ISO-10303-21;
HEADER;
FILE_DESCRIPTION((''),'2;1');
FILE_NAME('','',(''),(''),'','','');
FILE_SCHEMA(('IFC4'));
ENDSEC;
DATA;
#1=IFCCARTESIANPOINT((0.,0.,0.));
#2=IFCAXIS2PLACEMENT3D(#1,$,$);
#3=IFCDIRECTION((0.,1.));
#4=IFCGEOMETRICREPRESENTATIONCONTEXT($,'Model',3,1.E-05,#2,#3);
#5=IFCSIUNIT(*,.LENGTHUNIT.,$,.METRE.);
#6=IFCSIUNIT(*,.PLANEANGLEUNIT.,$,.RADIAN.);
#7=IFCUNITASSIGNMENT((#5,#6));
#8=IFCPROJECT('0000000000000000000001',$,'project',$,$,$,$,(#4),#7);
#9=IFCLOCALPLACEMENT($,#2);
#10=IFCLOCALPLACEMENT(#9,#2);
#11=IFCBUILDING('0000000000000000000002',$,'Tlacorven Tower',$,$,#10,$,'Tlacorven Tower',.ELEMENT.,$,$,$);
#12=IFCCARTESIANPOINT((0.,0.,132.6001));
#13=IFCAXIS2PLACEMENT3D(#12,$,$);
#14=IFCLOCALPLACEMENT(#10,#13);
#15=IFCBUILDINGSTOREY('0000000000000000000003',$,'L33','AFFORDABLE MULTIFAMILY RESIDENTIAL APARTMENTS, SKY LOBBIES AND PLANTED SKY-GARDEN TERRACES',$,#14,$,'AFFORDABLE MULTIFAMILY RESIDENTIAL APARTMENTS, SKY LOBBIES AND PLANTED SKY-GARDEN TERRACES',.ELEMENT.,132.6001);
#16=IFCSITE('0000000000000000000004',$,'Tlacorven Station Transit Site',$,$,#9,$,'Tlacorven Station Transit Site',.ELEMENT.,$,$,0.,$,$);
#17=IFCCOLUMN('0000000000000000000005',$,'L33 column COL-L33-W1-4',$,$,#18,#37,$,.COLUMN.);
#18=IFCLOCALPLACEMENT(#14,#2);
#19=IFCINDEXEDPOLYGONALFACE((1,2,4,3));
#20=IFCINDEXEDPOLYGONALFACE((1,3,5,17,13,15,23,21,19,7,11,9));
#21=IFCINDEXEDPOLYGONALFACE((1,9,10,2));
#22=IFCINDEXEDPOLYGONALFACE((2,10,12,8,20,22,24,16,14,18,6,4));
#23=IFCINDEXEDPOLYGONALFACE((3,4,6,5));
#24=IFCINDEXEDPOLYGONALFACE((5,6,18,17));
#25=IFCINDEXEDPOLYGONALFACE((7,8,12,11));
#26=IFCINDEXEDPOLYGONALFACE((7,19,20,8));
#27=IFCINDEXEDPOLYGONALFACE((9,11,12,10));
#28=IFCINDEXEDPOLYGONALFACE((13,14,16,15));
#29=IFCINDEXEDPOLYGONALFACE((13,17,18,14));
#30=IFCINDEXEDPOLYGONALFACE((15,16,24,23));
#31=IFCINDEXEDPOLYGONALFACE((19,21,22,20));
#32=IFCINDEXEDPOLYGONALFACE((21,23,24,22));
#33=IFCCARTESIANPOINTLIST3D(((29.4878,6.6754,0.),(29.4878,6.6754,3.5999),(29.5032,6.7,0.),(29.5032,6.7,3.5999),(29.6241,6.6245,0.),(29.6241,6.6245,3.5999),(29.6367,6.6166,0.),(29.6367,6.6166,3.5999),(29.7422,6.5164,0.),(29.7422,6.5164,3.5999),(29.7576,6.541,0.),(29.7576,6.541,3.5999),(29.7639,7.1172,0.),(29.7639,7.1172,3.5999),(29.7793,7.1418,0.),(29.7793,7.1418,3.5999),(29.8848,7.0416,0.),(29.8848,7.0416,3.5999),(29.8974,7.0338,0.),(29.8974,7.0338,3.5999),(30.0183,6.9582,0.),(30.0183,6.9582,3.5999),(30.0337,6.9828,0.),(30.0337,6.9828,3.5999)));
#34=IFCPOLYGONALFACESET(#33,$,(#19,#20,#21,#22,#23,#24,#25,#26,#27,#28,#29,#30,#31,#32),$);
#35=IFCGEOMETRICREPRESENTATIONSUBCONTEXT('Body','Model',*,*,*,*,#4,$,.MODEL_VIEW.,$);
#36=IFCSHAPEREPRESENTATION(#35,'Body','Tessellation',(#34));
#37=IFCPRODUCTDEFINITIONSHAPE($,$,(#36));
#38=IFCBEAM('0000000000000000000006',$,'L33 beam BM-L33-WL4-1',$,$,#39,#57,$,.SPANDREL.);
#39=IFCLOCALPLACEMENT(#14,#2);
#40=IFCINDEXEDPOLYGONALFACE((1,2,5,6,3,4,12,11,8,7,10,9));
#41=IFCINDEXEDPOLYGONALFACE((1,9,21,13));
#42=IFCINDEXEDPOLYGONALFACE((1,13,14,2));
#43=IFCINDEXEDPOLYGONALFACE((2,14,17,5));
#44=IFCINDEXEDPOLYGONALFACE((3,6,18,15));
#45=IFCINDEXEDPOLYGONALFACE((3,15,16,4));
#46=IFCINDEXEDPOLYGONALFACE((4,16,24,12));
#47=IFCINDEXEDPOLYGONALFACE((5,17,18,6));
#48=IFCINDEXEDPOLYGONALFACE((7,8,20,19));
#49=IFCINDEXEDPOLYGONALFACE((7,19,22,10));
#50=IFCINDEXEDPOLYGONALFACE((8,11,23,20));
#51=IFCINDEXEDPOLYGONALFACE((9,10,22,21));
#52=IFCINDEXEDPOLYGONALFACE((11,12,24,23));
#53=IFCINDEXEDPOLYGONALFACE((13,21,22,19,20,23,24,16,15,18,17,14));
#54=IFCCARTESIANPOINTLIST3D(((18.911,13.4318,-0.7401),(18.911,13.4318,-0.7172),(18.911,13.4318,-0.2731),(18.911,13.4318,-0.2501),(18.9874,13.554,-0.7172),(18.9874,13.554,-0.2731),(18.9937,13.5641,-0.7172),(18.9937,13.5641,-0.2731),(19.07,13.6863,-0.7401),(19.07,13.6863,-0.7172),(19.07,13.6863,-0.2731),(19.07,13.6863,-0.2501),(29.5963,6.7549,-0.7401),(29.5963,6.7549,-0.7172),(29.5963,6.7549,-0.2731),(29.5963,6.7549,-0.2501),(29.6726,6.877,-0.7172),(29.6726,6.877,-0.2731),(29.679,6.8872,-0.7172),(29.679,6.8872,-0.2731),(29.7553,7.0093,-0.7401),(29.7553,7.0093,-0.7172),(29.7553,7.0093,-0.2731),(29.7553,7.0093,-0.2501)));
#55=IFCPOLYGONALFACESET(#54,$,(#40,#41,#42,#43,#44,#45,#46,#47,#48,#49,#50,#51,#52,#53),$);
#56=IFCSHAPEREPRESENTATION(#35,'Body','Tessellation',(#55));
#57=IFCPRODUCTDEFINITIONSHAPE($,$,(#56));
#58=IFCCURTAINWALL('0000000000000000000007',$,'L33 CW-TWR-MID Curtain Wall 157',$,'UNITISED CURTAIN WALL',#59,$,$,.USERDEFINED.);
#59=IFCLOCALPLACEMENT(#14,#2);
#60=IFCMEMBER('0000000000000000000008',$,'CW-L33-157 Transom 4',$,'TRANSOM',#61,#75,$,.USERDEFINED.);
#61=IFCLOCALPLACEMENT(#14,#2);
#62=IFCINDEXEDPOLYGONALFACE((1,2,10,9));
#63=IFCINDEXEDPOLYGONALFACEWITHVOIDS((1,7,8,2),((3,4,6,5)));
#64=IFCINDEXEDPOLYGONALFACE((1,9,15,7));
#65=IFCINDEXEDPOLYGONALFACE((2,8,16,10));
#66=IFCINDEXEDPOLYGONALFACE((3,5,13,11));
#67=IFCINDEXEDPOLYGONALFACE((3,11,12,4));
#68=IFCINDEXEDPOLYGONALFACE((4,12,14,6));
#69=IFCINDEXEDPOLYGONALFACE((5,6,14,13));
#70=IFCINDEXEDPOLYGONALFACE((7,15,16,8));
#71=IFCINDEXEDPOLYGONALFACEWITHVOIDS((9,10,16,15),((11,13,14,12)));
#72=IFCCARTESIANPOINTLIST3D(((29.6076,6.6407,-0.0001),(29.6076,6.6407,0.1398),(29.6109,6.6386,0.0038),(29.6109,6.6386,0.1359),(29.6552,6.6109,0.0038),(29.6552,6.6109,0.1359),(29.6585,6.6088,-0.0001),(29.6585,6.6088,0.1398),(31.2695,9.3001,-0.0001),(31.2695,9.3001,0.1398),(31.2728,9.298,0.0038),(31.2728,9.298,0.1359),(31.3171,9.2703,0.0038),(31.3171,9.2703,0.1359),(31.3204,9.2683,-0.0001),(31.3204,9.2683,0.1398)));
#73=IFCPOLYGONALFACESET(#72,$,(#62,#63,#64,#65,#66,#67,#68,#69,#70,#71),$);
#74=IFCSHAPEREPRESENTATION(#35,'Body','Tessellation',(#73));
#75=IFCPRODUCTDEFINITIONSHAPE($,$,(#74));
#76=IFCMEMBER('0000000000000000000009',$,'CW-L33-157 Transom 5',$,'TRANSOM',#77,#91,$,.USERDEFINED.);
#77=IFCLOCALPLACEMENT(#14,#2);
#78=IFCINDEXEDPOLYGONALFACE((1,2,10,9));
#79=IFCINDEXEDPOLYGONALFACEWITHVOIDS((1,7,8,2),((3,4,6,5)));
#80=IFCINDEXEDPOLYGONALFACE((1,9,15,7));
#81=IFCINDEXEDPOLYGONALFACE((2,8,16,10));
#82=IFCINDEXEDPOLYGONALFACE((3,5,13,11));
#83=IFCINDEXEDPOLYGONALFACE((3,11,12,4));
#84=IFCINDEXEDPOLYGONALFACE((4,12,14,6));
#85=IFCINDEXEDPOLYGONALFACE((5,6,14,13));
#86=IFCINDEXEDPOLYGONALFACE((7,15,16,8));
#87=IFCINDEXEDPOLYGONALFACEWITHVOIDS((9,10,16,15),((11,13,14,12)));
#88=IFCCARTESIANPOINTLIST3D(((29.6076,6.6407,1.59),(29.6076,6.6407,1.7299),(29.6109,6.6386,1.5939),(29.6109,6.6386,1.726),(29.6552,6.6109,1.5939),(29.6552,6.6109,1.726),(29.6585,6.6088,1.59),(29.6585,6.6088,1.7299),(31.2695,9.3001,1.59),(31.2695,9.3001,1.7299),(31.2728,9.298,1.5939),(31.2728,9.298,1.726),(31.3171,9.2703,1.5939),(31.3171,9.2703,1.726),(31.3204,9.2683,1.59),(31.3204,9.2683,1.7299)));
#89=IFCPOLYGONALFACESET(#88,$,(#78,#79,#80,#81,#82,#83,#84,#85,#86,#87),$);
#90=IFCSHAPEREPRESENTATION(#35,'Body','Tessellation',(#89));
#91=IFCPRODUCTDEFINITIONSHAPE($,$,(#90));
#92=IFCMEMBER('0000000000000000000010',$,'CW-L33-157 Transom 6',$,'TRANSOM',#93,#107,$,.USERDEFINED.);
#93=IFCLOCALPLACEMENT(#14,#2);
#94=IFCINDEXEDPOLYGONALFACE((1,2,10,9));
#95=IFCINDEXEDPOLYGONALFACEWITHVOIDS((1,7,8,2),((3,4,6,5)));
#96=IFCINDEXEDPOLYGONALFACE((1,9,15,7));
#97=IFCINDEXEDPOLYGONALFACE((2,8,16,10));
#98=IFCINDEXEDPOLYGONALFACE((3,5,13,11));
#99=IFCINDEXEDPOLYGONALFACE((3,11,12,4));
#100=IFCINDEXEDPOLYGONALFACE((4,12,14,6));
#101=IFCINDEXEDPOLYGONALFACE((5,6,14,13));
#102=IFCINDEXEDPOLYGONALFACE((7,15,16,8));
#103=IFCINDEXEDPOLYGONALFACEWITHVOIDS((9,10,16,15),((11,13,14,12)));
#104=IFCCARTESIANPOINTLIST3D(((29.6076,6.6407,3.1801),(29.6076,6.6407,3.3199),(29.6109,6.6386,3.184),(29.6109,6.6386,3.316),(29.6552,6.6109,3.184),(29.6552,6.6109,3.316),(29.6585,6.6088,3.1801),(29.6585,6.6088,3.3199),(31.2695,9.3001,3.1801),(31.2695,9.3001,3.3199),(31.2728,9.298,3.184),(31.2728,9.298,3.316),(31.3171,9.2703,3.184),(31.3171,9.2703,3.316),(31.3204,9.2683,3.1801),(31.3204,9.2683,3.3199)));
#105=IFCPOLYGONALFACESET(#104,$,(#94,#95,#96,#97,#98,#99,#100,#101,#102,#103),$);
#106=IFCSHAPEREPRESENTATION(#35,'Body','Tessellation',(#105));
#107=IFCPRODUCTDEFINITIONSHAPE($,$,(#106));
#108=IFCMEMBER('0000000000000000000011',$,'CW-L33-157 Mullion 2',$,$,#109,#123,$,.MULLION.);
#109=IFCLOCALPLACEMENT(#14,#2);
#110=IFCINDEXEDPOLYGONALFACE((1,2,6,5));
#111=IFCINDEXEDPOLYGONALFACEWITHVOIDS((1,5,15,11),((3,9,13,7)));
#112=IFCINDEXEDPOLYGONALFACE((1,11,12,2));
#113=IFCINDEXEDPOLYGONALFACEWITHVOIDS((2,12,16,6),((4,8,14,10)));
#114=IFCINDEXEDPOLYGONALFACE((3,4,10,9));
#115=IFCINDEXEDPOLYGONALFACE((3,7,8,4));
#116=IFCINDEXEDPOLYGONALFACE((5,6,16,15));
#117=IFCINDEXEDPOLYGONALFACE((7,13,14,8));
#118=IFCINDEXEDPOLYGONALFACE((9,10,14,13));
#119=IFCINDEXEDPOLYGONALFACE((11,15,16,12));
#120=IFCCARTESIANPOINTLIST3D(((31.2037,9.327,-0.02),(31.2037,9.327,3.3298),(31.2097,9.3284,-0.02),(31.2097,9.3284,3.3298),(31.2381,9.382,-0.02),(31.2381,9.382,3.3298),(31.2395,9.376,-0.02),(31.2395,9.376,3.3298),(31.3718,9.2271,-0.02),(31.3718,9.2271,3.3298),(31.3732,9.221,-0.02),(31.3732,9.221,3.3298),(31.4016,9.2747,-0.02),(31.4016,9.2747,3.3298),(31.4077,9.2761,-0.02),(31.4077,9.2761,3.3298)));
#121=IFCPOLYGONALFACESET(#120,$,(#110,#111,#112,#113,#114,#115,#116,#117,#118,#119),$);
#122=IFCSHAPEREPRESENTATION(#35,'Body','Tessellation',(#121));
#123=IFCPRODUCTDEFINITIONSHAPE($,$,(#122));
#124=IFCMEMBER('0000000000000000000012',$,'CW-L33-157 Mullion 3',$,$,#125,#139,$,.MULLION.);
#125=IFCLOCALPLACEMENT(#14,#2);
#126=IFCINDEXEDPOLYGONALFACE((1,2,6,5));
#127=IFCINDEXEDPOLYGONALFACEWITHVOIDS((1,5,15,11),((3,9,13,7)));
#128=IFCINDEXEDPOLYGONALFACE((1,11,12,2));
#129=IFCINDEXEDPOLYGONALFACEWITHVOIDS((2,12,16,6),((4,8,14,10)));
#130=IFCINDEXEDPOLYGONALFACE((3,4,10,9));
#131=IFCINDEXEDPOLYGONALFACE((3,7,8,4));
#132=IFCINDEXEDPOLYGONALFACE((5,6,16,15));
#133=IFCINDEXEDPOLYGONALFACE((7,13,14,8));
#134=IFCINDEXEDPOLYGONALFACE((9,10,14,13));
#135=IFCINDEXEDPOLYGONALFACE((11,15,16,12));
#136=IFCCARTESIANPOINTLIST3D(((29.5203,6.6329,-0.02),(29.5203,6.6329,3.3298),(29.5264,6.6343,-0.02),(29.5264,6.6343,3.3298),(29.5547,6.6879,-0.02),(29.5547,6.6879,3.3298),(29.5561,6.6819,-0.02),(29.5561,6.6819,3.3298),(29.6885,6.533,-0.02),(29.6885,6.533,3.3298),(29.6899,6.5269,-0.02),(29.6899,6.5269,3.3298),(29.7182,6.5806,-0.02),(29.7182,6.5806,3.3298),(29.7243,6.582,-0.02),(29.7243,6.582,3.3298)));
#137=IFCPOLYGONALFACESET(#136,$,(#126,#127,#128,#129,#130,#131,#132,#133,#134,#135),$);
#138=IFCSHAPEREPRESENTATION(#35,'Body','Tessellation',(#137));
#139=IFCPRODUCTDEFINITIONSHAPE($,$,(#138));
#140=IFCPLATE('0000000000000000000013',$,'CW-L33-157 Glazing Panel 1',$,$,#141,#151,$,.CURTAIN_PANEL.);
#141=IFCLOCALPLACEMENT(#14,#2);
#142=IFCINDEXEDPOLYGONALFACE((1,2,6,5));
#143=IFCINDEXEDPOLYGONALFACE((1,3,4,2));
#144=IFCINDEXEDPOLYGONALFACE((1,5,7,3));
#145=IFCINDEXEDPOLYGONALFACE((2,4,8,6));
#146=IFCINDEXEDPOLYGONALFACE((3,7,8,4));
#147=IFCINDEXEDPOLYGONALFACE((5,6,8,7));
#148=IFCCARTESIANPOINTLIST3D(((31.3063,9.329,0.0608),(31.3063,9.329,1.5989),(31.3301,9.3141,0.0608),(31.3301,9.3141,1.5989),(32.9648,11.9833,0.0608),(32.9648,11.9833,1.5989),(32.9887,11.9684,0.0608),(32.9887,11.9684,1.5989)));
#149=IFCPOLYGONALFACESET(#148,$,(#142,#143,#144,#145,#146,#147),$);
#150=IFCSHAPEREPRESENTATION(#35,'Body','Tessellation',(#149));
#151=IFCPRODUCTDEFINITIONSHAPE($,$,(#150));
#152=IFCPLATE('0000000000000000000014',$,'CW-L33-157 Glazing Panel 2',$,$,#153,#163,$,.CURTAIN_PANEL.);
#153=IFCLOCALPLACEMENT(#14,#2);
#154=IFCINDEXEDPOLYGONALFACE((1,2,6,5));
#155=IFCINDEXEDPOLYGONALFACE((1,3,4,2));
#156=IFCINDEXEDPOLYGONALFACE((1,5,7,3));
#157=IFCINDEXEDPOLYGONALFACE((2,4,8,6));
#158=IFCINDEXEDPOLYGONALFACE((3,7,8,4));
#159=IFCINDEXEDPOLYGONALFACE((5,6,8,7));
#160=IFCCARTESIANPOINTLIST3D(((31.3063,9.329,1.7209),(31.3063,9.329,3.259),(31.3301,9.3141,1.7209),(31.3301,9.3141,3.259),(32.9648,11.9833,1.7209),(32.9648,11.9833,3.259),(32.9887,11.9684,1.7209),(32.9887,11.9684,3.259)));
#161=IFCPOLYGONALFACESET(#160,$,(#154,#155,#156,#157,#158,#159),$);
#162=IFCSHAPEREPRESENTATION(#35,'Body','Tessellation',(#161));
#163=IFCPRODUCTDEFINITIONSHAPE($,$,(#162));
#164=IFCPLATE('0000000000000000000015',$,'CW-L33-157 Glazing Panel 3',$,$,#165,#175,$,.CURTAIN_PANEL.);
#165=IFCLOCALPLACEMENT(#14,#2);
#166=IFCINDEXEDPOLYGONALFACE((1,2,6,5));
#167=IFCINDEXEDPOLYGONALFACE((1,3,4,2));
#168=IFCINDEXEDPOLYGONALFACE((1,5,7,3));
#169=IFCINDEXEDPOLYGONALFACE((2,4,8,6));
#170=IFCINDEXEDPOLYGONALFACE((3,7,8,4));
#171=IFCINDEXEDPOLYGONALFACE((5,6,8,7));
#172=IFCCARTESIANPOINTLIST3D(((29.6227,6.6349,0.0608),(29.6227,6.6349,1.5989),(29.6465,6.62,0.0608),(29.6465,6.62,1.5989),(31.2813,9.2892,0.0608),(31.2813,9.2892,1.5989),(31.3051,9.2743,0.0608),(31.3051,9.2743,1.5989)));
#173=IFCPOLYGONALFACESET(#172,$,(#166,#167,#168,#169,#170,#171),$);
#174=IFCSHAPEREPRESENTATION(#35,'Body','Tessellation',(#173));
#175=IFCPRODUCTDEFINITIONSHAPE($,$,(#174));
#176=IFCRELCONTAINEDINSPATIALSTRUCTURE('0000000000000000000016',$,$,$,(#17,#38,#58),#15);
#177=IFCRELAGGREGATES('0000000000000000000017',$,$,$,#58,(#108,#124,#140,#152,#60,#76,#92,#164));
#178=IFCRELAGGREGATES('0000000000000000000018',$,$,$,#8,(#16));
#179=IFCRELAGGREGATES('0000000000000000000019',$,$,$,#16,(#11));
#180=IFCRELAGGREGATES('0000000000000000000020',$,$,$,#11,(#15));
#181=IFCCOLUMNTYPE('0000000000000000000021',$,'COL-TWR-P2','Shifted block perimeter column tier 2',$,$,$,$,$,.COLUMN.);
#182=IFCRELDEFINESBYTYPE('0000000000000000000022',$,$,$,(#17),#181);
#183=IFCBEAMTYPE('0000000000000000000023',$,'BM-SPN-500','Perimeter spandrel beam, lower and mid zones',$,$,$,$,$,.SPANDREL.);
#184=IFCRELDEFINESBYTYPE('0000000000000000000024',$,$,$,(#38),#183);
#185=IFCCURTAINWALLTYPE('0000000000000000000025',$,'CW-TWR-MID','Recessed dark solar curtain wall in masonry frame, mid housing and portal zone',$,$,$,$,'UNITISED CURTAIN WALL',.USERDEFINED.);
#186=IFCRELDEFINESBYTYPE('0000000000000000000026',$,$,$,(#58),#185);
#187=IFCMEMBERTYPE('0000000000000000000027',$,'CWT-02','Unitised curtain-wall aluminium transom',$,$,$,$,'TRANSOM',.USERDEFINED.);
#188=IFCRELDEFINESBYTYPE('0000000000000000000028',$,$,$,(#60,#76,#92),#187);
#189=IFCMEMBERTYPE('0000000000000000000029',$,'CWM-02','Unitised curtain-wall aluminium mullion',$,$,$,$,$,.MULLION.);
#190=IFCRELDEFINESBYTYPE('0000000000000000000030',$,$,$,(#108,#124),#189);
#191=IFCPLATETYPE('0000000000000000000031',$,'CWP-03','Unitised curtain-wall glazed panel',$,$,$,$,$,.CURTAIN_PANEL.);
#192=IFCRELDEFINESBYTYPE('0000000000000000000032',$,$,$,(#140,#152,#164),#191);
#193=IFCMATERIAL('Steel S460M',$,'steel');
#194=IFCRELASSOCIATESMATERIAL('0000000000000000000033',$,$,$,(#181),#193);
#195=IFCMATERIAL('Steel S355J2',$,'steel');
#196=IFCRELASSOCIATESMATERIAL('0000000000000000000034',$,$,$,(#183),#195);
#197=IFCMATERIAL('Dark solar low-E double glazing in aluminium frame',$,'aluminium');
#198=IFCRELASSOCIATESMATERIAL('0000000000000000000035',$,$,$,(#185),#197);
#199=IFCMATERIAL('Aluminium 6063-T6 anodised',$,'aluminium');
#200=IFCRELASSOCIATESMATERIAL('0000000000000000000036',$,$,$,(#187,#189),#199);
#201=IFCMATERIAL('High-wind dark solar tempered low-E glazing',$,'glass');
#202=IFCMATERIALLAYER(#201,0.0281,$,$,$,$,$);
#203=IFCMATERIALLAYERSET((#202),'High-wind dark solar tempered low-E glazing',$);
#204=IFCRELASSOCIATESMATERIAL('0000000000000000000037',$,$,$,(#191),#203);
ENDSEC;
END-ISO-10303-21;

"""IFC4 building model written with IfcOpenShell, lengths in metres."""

from ifc_helpers import new_model, si_unit, direction, frame, origin, origin_2d, place, context, subcontext, project, spatial, rectangle, hollow_rectangle, i_section, extrude, source, transform, mapped, material, layer, layer_set, material_profile, profile_set, type_object, element, aggregate, save


model = new_model("IFC4")

# Units and contexts
model_context = context("Model", 3, precision=1e-05, world=origin(), true_north=direction((0.0, 1.0)))
body_context = subcontext(model_context, "Body", "Model", "MODEL_VIEW")
ifc_project = project(units=[si_unit("LENGTHUNIT", "METRE"), si_unit("PLANEANGLEUNIT", "RADIAN")], contexts=[model_context])

# Site, building, storey
site_placement = place(None, origin())
site = spatial("IfcSite", under=ifc_project, at=site_placement, Name="Tlacorven Station Transit Site", LongName="Tlacorven Station Transit Site", CompositionType="ELEMENT", RefElevation=0.0)
building_placement = place(site_placement, origin())
building = spatial("IfcBuilding", under=site, at=building_placement, Name="Tlacorven Tower", LongName="Tlacorven Tower", CompositionType="ELEMENT")
storey_placement = place(building_placement, frame((0.0, 0.0, 132.6001)))
storey = spatial("IfcBuildingStorey", under=building, at=storey_placement, Name="L33", Description="AFFORDABLE MULTIFAMILY RESIDENTIAL APARTMENTS, SKY LOBBIES AND PLANTED SKY-GARDEN TERRACES", LongName="AFFORDABLE MULTIFAMILY RESIDENTIAL APARTMENTS, SKY LOBBIES AND PLANTED SKY-GARDEN TERRACES", CompositionType="ELEMENT", Elevation=132.6001)

# Column
ifc_material_1 = material(Name="Steel S460M", Category="steel")
ifc_material_profile_1 = material_profile(ifc_material_1, i_section(OverallWidth=0.3, OverallDepth=0.55, WebThickness=0.0149, FlangeThickness=0.0291, at=origin_2d()), Name="HEB 550")
ifc_profile_set_1 = profile_set([ifc_material_profile_1], Name="Steel S460M")
column_type = type_object("IfcColumnType", Name="COL-TWR-P2", Description="Shifted block perimeter column tier 2", PredefinedType="COLUMN", material=ifc_profile_set_1)
shared_shape_1 = source(origin(), body_context, "Body", "SweptSolid", [
    extrude(i_section(OverallWidth=0.3, OverallDepth=0.55, WebThickness=0.0149, FlangeThickness=0.0291, at=origin_2d()), origin(), (0.0, 0.0, 1.0), 3.5999),
])
column_placement = place(storey_placement, frame((29.7607, 6.8291, 0.0), z_axis=(0.0, 0.0, 1.0), x_axis=(-0.848048, 0.529919, 0.0)))
element("IfcColumn", 1, at=column_placement, inside=storey, type_object=column_type, Name="L33 column COL-L33-W1-4", PredefinedType="COLUMN", context=body_context, shape_type="MappedRepresentation", body=[
    mapped(shared_shape_1, transform((0.0, 0.0, 0.0), scale=1.0)),
])

# Beam
ifc_material_2 = material(Name="Steel S355J2", Category="steel")
ifc_material_profile_2 = material_profile(ifc_material_2, i_section(OverallWidth=0.3, OverallDepth=0.49, WebThickness=0.012, FlangeThickness=0.0229, at=origin_2d()), Name="HEA 500")
ifc_profile_set_2 = profile_set([ifc_material_profile_2], Name="Steel S355J2")
beam_type = type_object("IfcBeamType", Name="BM-SPN-500", Description="Perimeter spandrel beam, lower and mid zones", PredefinedType="SPANDREL", material=ifc_profile_set_2)
shared_shape_2 = source(origin(), body_context, "Body", "SweptSolid", [
    extrude(i_section(OverallWidth=0.3, OverallDepth=0.49, WebThickness=0.012, FlangeThickness=0.0229, at=origin_2d()), origin(), (0.0, 0.0, 1.0), 12.5999),
])
beam_placement = place(storey_placement, frame((29.6758, 6.8821, -0.4951), z_axis=(-0.848045, 0.529924, 0.0), x_axis=(-0.529924, -0.848045, 0.0)))
element("IfcBeam", 2, at=beam_placement, inside=storey, type_object=beam_type, Name="L33 beam BM-L33-WL4-1", PredefinedType="SPANDREL", context=body_context, shape_type="MappedRepresentation", body=[
    mapped(shared_shape_2, transform((0.0, 0.0, 0.0), scale=1.0)),
])

# Curtain wall, members, plates
ifc_material_3 = material(Name="Dark solar low-E double glazing in aluminium frame", Category="aluminium")
curtain_wall_type = type_object("IfcCurtainWallType", Name="CW-TWR-MID", Description="Recessed dark solar curtain wall in masonry frame, mid housing and portal zone", ElementType="UNITISED CURTAIN WALL", PredefinedType="USERDEFINED", material=ifc_material_3)
curtain_wall_placement = place(storey_placement, origin())
curtain_wall = element("IfcCurtainWall", 3, at=curtain_wall_placement, inside=storey, type_object=curtain_wall_type, Name="L33 CW-TWR-MID Curtain Wall 157", ObjectType="UNITISED CURTAIN WALL", PredefinedType="USERDEFINED")
ifc_material_4 = material(Name="Aluminium 6063-T6 anodised", Category="aluminium")
ifc_material_profile_3 = material_profile(ifc_material_4, hollow_rectangle(XDim=0.0601, YDim=0.1399, WallThickness=0.0039, at=origin_2d()), Name="ALU TRANSOM 60X140")
ifc_profile_set_3 = profile_set([ifc_material_profile_3], Name="Aluminium 6063-T6 anodised")
member_type_1 = type_object("IfcMemberType", Name="CWT-02", Description="Unitised curtain-wall aluminium transom", ElementType="TRANSOM", PredefinedType="USERDEFINED", material=ifc_profile_set_3)
shared_shape_3 = source(origin(), body_context, "Body", "SweptSolid", [
    extrude(hollow_rectangle(XDim=0.0601, YDim=0.1399, WallThickness=0.0039, at=origin_2d()), origin(), (0.0, 0.0, 1.0), 3.136),
])
member_1_placement = place(storey_placement, frame((31.2949, 9.2842, 0.0698), z_axis=(-0.529936, -0.848038, 0.0), x_axis=(0.848038, -0.529936, 0.0)))
member_1 = element("IfcMember", 4, at=member_1_placement, type_object=member_type_1, Name="CW-L33-157 Transom 4", ObjectType="TRANSOM", PredefinedType="USERDEFINED", context=body_context, shape_type="MappedRepresentation", body=[
    mapped(shared_shape_3, transform((0.0, 0.0, 0.0), scale=1.0)),
])
member_2_placement = place(storey_placement, frame((31.2949, 9.2842, 1.6599), z_axis=(-0.529936, -0.848038, 0.0), x_axis=(0.848038, -0.529936, 0.0)))
member_2 = element("IfcMember", 5, at=member_2_placement, type_object=member_type_1, Name="CW-L33-157 Transom 5", ObjectType="TRANSOM", PredefinedType="USERDEFINED", context=body_context, shape_type="MappedRepresentation", body=[
    mapped(shared_shape_3, transform((0.0, 0.0, 0.0), scale=1.0)),
])
member_3_placement = place(storey_placement, frame((31.2949, 9.2842, 3.25), z_axis=(-0.529936, -0.848038, 0.0), x_axis=(0.848038, -0.529936, 0.0)))
member_3 = element("IfcMember", 6, at=member_3_placement, type_object=member_type_1, Name="CW-L33-157 Transom 6", ObjectType="TRANSOM", PredefinedType="USERDEFINED", context=body_context, shape_type="MappedRepresentation", body=[
    mapped(shared_shape_3, transform((0.0, 0.0, 0.0), scale=1.0)),
])
ifc_material_profile_4 = material_profile(ifc_material_4, hollow_rectangle(XDim=0.0649, YDim=0.2, WallThickness=0.0044, at=origin_2d()), Name="ALU MULLION 65X200")
ifc_profile_set_4 = profile_set([ifc_material_profile_4], Name="Aluminium 6063-T6 anodised")
member_type_2 = type_object("IfcMemberType", Name="CWM-02", Description="Unitised curtain-wall aluminium mullion", PredefinedType="MULLION", material=ifc_profile_set_4)
shared_shape_4 = source(origin(), body_context, "Body", "SweptSolid", [
    extrude(hollow_rectangle(XDim=0.0649, YDim=0.2, WallThickness=0.0044, at=origin_2d()), origin(), (0.0, 0.0, 1.0), 3.3499),
])
member_4_placement = place(storey_placement, frame((31.3057, 9.3015, -0.02), z_axis=(0.0, 0.0, 1.0), x_axis=(-0.529919, -0.848048, 0.0)))
member_4 = element("IfcMember", 7, at=member_4_placement, type_object=member_type_2, Name="CW-L33-157 Mullion 2", PredefinedType="MULLION", context=body_context, shape_type="MappedRepresentation", body=[
    mapped(shared_shape_4, transform((0.0, 0.0, 0.0), scale=1.0)),
])
member_5_placement = place(storey_placement, frame((29.6223, 6.6074, -0.02), z_axis=(0.0, 0.0, 1.0), x_axis=(-0.529919, -0.848048, 0.0)))
member_5 = element("IfcMember", 8, at=member_5_placement, type_object=member_type_2, Name="CW-L33-157 Mullion 3", PredefinedType="MULLION", context=body_context, shape_type="MappedRepresentation", body=[
    mapped(shared_shape_4, transform((0.0, 0.0, 0.0), scale=1.0)),
])
ifc_material_5 = material(Name="High-wind dark solar tempered low-E glazing", Category="glass")
ifc_layer_1 = layer(ifc_material_5, 0.0281)
ifc_layer_set_1 = layer_set([ifc_layer_1], Name="High-wind dark solar tempered low-E glazing")
plate_type = type_object("IfcPlateType", Name="CWP-03", Description="Unitised curtain-wall glazed panel", PredefinedType="CURTAIN_PANEL", material=ifc_layer_set_1)
shared_shape_5 = source(origin(), body_context, "Body", "SweptSolid", [
    extrude(rectangle(XDim=3.1299, YDim=0.0281, at=origin_2d()), origin(), (0.0, 0.0, 1.0), 1.5381),
])
plate_1_placement = place(storey_placement, frame((32.1475, 10.6487, 0.0608), z_axis=(0.0, 0.0, 1.0), x_axis=(-0.529919, -0.848048, 0.0)))
plate_1 = element("IfcPlate", 9, at=plate_1_placement, type_object=plate_type, Name="CW-L33-157 Glazing Panel 1", PredefinedType="CURTAIN_PANEL", context=body_context, shape_type="MappedRepresentation", body=[
    mapped(shared_shape_5, transform((0.0, 0.0, 0.0), scale=1.0)),
])
plate_2_placement = place(storey_placement, frame((32.1475, 10.6487, 1.7209), z_axis=(0.0, 0.0, 1.0), x_axis=(-0.529919, -0.848048, 0.0)))
plate_2 = element("IfcPlate", 10, at=plate_2_placement, type_object=plate_type, Name="CW-L33-157 Glazing Panel 2", PredefinedType="CURTAIN_PANEL", context=body_context, shape_type="MappedRepresentation", body=[
    mapped(shared_shape_5, transform((0.0, 0.0, 0.0), scale=1.0)),
])
plate_3_placement = place(storey_placement, frame((30.4639, 7.9546, 0.0608), z_axis=(0.0, 0.0, 1.0), x_axis=(-0.529919, -0.848048, 0.0)))
plate_3 = element("IfcPlate", 11, at=plate_3_placement, type_object=plate_type, Name="CW-L33-157 Glazing Panel 3", PredefinedType="CURTAIN_PANEL", context=body_context, shape_type="MappedRepresentation", body=[
    mapped(shared_shape_5, transform((0.0, 0.0, 0.0), scale=1.0)),
])
aggregate(curtain_wall, [member_4, member_5, plate_1, plate_2, member_1, member_2, member_3, plate_3])

save(model, "model.ifc")
